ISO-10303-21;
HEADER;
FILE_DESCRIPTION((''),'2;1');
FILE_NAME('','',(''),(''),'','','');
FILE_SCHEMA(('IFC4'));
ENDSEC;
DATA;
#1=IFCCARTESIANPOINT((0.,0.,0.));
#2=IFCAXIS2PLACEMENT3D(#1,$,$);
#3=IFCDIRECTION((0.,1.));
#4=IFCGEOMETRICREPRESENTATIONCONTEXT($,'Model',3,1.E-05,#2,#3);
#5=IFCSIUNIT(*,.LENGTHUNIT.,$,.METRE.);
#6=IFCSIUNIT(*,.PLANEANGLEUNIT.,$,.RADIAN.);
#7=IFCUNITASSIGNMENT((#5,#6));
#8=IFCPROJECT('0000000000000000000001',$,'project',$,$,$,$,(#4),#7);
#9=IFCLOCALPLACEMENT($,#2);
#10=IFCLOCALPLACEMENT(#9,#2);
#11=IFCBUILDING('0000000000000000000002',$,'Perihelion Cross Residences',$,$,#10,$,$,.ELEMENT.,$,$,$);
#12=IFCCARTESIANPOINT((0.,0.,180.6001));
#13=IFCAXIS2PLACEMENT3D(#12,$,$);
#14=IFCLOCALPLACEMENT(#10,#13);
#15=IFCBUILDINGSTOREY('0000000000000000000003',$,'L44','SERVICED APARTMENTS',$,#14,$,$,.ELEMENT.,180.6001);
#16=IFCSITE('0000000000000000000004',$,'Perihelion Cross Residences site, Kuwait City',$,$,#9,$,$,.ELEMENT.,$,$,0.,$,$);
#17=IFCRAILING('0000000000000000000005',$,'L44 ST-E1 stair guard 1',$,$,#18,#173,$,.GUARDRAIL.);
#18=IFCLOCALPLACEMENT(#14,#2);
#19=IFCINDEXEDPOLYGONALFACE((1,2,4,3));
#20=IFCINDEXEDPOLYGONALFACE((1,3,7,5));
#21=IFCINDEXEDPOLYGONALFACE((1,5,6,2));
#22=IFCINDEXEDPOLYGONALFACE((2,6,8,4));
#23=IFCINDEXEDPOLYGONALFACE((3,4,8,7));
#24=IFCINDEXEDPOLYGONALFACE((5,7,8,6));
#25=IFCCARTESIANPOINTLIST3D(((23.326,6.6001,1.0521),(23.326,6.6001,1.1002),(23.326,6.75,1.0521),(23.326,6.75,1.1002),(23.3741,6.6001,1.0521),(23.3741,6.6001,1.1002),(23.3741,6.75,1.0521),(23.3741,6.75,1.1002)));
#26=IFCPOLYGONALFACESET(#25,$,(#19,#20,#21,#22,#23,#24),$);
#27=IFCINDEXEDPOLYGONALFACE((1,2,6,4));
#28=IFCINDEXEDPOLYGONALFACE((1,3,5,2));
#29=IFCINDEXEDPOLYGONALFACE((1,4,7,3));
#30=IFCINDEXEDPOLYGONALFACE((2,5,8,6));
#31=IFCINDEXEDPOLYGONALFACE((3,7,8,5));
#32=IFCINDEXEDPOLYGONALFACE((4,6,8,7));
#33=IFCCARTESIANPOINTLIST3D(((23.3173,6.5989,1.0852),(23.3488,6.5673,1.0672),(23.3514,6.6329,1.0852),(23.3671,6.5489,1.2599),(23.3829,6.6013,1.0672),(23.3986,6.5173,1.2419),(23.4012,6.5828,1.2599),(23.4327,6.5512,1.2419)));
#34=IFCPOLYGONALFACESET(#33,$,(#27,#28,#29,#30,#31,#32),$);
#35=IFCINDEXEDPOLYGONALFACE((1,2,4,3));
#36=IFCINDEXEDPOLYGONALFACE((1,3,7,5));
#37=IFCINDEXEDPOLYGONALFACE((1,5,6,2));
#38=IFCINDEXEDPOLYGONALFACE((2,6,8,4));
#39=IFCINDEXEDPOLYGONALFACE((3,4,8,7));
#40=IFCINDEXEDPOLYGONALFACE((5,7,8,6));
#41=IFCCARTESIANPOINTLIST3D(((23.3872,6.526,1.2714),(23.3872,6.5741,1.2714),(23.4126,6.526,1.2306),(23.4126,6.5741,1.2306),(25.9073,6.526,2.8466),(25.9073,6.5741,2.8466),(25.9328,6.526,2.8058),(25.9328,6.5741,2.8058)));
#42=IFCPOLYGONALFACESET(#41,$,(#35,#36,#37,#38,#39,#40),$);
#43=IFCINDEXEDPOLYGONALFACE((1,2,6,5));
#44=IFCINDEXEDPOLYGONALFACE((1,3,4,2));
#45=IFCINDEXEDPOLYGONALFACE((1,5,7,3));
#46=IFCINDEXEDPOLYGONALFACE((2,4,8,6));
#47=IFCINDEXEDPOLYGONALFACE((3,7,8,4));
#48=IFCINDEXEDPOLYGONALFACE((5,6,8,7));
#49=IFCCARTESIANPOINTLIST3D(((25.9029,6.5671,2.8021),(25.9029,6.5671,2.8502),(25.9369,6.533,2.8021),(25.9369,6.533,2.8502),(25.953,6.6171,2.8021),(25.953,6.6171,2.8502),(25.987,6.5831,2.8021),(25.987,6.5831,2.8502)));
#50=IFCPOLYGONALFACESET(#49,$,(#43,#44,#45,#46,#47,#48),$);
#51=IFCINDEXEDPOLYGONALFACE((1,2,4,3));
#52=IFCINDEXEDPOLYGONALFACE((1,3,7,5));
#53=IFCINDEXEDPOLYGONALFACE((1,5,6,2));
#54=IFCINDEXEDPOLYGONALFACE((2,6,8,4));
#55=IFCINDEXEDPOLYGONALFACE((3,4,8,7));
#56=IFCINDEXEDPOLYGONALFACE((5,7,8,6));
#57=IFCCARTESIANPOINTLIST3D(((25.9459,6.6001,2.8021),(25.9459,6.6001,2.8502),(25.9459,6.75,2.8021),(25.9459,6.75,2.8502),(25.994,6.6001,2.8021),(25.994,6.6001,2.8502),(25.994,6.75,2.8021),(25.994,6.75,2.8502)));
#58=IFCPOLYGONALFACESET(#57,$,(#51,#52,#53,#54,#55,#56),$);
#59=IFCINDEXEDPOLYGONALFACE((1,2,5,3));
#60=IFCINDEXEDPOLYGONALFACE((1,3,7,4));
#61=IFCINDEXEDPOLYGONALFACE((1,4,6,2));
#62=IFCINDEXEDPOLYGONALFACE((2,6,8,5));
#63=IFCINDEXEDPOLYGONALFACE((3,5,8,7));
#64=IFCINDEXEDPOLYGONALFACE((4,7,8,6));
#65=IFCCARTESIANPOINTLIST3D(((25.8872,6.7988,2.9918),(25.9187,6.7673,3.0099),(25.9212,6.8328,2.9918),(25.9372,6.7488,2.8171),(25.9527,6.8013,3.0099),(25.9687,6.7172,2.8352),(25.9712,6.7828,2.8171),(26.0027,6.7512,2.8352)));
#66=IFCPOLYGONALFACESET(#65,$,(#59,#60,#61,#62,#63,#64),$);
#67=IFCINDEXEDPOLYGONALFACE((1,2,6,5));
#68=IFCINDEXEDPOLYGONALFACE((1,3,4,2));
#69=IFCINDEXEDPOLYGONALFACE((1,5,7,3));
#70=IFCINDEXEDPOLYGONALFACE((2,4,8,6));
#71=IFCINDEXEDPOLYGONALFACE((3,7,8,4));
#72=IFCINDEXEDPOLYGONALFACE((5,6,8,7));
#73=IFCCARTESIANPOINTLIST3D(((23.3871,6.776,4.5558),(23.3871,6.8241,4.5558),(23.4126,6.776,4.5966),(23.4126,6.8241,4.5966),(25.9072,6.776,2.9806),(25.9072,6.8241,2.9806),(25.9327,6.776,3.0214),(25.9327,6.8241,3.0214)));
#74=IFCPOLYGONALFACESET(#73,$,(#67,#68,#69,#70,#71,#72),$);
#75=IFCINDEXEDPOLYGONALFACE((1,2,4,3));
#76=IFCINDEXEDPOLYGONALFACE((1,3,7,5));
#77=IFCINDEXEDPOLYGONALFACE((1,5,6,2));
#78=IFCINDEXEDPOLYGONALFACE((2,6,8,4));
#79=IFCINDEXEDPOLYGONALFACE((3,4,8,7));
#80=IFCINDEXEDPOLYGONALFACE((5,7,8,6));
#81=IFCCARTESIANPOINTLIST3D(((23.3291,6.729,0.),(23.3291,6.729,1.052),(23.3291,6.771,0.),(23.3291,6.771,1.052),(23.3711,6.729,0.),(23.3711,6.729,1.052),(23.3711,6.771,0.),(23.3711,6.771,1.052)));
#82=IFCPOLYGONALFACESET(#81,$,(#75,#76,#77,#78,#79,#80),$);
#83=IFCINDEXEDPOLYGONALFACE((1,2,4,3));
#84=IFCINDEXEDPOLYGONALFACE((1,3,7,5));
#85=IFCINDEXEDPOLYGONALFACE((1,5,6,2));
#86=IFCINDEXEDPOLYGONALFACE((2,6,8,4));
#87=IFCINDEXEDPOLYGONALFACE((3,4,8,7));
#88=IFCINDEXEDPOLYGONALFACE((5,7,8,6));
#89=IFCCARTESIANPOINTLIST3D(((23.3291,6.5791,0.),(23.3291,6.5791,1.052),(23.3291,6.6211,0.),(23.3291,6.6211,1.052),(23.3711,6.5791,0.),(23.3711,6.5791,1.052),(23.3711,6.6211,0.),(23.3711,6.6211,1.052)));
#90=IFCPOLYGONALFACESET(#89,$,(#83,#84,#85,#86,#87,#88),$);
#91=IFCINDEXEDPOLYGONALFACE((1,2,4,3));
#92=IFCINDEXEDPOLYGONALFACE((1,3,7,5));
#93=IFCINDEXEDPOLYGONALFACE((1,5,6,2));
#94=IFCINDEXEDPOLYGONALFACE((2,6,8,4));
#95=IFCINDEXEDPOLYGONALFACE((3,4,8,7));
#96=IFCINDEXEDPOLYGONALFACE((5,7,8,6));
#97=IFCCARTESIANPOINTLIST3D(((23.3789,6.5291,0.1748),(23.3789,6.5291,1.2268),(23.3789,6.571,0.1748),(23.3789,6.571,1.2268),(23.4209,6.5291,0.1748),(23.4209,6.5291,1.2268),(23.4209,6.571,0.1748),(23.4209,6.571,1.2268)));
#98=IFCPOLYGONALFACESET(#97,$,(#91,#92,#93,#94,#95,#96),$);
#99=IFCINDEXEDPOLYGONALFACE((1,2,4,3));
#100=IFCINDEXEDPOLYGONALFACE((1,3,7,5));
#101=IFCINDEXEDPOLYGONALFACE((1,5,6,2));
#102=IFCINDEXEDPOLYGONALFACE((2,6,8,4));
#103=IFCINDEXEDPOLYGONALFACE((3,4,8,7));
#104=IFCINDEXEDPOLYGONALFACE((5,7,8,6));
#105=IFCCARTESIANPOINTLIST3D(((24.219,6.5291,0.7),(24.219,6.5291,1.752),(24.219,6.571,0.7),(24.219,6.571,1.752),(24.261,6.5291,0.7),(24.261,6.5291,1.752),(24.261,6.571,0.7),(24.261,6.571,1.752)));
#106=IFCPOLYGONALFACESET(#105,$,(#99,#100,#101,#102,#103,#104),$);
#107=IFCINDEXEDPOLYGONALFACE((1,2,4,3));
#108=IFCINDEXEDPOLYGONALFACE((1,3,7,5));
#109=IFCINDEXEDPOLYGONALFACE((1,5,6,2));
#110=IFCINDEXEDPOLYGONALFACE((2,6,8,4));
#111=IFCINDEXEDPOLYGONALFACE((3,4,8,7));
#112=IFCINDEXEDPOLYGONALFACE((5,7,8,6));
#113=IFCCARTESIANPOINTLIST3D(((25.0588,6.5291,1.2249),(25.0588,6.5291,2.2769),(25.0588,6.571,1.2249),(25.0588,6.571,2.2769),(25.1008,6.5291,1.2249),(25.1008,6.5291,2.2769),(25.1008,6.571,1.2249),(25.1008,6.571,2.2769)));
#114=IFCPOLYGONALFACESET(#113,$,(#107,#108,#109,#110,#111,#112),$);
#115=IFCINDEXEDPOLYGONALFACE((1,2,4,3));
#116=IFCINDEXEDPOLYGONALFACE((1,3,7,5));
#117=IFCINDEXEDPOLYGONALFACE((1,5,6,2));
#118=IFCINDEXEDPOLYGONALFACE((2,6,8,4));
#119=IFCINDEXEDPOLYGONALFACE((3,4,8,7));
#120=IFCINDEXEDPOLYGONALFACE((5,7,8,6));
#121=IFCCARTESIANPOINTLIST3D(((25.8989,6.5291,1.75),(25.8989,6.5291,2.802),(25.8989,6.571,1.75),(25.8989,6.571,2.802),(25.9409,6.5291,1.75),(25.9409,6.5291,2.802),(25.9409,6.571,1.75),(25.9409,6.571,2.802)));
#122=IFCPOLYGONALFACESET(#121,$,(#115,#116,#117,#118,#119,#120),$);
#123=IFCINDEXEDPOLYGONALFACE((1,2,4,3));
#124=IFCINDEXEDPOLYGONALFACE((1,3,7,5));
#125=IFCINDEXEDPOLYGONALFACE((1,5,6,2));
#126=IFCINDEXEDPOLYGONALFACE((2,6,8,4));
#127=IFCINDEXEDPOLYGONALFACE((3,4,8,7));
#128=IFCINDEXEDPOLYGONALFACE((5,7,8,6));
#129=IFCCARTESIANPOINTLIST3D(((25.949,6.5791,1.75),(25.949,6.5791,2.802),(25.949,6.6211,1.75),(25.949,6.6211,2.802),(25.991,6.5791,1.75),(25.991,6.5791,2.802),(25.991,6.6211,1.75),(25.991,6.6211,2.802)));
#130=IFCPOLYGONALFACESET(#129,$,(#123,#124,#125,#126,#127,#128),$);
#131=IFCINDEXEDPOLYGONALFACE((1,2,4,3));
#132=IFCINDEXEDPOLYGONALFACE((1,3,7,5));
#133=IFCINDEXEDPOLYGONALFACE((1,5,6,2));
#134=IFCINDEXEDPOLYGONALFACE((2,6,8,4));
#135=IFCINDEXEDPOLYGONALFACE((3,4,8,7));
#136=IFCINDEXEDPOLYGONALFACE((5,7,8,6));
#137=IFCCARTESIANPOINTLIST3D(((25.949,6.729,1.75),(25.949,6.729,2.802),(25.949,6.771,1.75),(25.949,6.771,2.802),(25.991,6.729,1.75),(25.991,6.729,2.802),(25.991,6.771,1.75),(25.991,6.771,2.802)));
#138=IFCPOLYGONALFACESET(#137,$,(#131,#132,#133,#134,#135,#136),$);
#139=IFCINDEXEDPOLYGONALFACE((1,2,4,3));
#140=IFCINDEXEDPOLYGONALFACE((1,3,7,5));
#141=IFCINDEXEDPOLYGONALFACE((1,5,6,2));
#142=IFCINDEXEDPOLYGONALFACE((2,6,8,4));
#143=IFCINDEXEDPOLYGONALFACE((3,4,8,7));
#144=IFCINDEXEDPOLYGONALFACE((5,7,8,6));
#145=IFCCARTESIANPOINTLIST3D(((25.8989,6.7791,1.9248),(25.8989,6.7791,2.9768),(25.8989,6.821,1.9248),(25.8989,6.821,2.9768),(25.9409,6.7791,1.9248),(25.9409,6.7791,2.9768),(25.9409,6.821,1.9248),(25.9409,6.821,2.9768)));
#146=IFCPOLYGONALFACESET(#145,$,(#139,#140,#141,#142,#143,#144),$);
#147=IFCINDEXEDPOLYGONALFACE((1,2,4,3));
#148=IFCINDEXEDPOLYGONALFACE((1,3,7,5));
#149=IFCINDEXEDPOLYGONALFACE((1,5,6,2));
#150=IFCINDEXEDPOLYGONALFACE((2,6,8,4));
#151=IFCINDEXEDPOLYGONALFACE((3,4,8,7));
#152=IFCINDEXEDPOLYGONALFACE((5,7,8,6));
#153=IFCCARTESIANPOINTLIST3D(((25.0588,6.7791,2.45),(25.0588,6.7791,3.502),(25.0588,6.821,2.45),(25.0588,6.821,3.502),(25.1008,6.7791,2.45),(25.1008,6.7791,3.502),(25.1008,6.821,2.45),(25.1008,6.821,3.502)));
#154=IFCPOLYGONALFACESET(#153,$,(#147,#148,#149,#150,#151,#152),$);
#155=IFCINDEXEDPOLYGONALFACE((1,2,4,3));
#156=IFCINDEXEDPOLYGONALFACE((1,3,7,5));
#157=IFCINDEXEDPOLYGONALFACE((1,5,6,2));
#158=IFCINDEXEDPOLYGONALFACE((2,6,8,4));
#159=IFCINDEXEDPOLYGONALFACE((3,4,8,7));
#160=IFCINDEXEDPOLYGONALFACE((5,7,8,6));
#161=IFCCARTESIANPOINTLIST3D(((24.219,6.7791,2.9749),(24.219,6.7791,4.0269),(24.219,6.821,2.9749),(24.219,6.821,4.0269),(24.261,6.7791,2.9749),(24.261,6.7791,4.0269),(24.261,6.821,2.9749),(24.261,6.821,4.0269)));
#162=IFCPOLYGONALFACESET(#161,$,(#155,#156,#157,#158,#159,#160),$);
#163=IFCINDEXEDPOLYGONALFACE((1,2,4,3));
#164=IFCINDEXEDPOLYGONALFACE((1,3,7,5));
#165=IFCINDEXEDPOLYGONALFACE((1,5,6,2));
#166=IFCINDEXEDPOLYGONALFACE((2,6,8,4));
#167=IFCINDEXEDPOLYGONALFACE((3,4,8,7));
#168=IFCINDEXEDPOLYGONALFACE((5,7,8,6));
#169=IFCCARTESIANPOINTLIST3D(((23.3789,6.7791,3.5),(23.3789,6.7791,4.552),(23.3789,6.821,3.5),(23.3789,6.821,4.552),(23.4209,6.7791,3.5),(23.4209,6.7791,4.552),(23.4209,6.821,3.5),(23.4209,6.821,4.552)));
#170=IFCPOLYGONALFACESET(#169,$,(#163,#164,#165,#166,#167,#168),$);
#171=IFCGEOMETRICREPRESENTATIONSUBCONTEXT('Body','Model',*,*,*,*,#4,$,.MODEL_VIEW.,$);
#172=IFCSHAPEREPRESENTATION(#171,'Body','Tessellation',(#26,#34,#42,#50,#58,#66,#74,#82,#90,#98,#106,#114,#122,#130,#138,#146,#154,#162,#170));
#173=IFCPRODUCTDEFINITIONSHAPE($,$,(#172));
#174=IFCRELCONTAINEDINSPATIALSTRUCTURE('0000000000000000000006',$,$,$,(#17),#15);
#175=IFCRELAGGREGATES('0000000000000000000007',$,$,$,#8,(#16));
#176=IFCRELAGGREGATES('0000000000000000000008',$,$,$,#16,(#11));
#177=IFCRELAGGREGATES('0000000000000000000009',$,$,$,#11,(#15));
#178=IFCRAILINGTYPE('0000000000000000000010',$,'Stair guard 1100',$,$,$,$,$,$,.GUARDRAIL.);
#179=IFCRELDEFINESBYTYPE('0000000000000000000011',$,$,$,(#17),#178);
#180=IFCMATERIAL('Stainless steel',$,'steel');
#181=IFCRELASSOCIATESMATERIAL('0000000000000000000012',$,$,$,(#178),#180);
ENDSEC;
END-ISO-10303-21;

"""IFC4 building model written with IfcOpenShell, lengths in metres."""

from ifc_helpers import new_model, si_unit, direction, frame, origin, origin_2d, place, context, subcontext, project, spatial, rectangle, extrude, material, type_object, element, save


model = new_model("IFC4")

# Units and contexts
model_context = context("Model", 3, precision=1e-05, world=origin(), true_north=direction((0.0, 1.0)))
body_context = subcontext(model_context, "Body", "Model", "MODEL_VIEW")
ifc_project = project(units=[si_unit("LENGTHUNIT", "METRE"), si_unit("PLANEANGLEUNIT", "RADIAN")], contexts=[model_context])

# Site, building, storey
site_placement = place(None, origin())
site = spatial("IfcSite", under=ifc_project, at=site_placement, Name="Perihelion Cross Residences site, Kuwait City", CompositionType="ELEMENT", RefElevation=0.0)
building_placement = place(site_placement, origin())
building = spatial("IfcBuilding", under=site, at=building_placement, Name="Perihelion Cross Residences", CompositionType="ELEMENT")
storey_placement = place(building_placement, frame((0.0, 0.0, 180.6001)))
storey = spatial("IfcBuildingStorey", under=building, at=storey_placement, Name="L44", Description="SERVICED APARTMENTS", CompositionType="ELEMENT", Elevation=180.6001)

# Railing
ifc_material_1 = material(Name="Stainless steel", Category="steel")
railing_type_1 = type_object("IfcRailingType", Name="Stair guard 1100", PredefinedType="GUARDRAIL", material=ifc_material_1)
railing_1_placement = place(storey_placement, frame((23.3501, 6.75, 0.0)))
element("IfcRailing", 1, at=railing_1_placement, inside=storey, type_object=railing_type_1, Name="L44 ST-E1 stair guard 1", PredefinedType="GUARDRAIL", context=body_context, shape_type="SweptSolid", body=[
    extrude(rectangle(XDim=0.0481, YDim=0.0481, at=origin_2d()), frame((0.0, 0.0, 1.0762), z_axis=(0.0, -1.0, 0.0), x_axis=(1.0, 0.0, 0.0)), (0.0, 0.0, 1.0), 0.1499),
    extrude(rectangle(XDim=0.0481, YDim=0.0481, at=origin_2d()), frame((0.0, -0.1499, 1.0762), z_axis=(0.264179, -0.265474, 0.927218), x_axis=(0.708834, 0.705376, 0.0)), (0.0, 0.0, 1.0), 0.1885),
    extrude(rectangle(XDim=0.0481, YDim=0.0481, at=origin_2d()), frame((0.0498, -0.2, 1.251), z_axis=(0.847971, 0.0, 0.530043), x_axis=(0.0, 1.0, 0.0)), (0.0, 0.0, 1.0), 2.9719),
    extrude(rectangle(XDim=0.0481, YDim=0.0481, at=origin_2d()), frame((2.5698, -0.2, 2.8262), z_axis=(0.707107, 0.707107, 0.0), x_axis=(-0.707107, 0.707107, 0.0)), (0.0, 0.0, 1.0), 0.0708),
    extrude(rectangle(XDim=0.0481, YDim=0.0481, at=origin_2d()), frame((2.6199, -0.1499, 2.8262), z_axis=(0.0, 1.0, 0.0), x_axis=(-1.0, 0.0, 0.0)), (0.0, 0.0, 1.0), 0.1499),
    extrude(rectangle(XDim=0.0481, YDim=0.0481, at=origin_2d()), frame((2.6199, 0.0, 2.8262), z_axis=(-0.265383, 0.265383, 0.9269), x_axis=(-0.707107, -0.707107, 0.0)), (0.0, 0.0, 1.0), 0.1885),
    extrude(rectangle(XDim=0.0481, YDim=0.0481, at=origin_2d()), frame((2.5698, 0.05, 3.001), z_axis=(-0.847971, 0.0, 0.530043), x_axis=(0.0, -1.0, 0.0)), (0.0, 0.0, 1.0), 2.9719),
    extrude(rectangle(XDim=0.042, YDim=0.042, at=origin_2d()), origin(), (0.0, 0.0, 1.0), 1.052),
    extrude(rectangle(XDim=0.042, YDim=0.042, at=origin_2d()), frame((0.0, -0.1499, 0.0)), (0.0, 0.0, 1.0), 1.052),
    extrude(rectangle(XDim=0.042, YDim=0.042, at=origin_2d()), frame((0.0498, -0.2, 0.1748)), (0.0, 0.0, 1.0), 1.052),
    extrude(rectangle(XDim=0.042, YDim=0.042, at=origin_2d()), frame((0.8899, -0.2, 0.7)), (0.0, 0.0, 1.0), 1.052),
    extrude(rectangle(XDim=0.042, YDim=0.042, at=origin_2d()), frame((1.7297, -0.2, 1.2249)), (0.0, 0.0, 1.0), 1.052),
    extrude(rectangle(XDim=0.042, YDim=0.042, at=origin_2d()), frame((2.5698, -0.2, 1.75)), (0.0, 0.0, 1.0), 1.052),
    extrude(rectangle(XDim=0.042, YDim=0.042, at=origin_2d()), frame((2.6199, -0.1499, 1.75)), (0.0, 0.0, 1.0), 1.052),
    extrude(rectangle(XDim=0.042, YDim=0.042, at=origin_2d()), frame((2.6199, 0.0, 1.75)), (0.0, 0.0, 1.0), 1.052),
    extrude(rectangle(XDim=0.042, YDim=0.042, at=origin_2d()), frame((2.5698, 0.05, 1.9248)), (0.0, 0.0, 1.0), 1.052),
    extrude(rectangle(XDim=0.042, YDim=0.042, at=origin_2d()), frame((1.7297, 0.05, 2.45)), (0.0, 0.0, 1.0), 1.052),
    extrude(rectangle(XDim=0.042, YDim=0.042, at=origin_2d()), frame((0.8899, 0.05, 2.9749)), (0.0, 0.0, 1.0), 1.052),
    extrude(rectangle(XDim=0.042, YDim=0.042, at=origin_2d()), frame((0.0498, 0.05, 3.5)), (0.0, 0.0, 1.0), 1.052),
])

save(model, "model.ifc")
